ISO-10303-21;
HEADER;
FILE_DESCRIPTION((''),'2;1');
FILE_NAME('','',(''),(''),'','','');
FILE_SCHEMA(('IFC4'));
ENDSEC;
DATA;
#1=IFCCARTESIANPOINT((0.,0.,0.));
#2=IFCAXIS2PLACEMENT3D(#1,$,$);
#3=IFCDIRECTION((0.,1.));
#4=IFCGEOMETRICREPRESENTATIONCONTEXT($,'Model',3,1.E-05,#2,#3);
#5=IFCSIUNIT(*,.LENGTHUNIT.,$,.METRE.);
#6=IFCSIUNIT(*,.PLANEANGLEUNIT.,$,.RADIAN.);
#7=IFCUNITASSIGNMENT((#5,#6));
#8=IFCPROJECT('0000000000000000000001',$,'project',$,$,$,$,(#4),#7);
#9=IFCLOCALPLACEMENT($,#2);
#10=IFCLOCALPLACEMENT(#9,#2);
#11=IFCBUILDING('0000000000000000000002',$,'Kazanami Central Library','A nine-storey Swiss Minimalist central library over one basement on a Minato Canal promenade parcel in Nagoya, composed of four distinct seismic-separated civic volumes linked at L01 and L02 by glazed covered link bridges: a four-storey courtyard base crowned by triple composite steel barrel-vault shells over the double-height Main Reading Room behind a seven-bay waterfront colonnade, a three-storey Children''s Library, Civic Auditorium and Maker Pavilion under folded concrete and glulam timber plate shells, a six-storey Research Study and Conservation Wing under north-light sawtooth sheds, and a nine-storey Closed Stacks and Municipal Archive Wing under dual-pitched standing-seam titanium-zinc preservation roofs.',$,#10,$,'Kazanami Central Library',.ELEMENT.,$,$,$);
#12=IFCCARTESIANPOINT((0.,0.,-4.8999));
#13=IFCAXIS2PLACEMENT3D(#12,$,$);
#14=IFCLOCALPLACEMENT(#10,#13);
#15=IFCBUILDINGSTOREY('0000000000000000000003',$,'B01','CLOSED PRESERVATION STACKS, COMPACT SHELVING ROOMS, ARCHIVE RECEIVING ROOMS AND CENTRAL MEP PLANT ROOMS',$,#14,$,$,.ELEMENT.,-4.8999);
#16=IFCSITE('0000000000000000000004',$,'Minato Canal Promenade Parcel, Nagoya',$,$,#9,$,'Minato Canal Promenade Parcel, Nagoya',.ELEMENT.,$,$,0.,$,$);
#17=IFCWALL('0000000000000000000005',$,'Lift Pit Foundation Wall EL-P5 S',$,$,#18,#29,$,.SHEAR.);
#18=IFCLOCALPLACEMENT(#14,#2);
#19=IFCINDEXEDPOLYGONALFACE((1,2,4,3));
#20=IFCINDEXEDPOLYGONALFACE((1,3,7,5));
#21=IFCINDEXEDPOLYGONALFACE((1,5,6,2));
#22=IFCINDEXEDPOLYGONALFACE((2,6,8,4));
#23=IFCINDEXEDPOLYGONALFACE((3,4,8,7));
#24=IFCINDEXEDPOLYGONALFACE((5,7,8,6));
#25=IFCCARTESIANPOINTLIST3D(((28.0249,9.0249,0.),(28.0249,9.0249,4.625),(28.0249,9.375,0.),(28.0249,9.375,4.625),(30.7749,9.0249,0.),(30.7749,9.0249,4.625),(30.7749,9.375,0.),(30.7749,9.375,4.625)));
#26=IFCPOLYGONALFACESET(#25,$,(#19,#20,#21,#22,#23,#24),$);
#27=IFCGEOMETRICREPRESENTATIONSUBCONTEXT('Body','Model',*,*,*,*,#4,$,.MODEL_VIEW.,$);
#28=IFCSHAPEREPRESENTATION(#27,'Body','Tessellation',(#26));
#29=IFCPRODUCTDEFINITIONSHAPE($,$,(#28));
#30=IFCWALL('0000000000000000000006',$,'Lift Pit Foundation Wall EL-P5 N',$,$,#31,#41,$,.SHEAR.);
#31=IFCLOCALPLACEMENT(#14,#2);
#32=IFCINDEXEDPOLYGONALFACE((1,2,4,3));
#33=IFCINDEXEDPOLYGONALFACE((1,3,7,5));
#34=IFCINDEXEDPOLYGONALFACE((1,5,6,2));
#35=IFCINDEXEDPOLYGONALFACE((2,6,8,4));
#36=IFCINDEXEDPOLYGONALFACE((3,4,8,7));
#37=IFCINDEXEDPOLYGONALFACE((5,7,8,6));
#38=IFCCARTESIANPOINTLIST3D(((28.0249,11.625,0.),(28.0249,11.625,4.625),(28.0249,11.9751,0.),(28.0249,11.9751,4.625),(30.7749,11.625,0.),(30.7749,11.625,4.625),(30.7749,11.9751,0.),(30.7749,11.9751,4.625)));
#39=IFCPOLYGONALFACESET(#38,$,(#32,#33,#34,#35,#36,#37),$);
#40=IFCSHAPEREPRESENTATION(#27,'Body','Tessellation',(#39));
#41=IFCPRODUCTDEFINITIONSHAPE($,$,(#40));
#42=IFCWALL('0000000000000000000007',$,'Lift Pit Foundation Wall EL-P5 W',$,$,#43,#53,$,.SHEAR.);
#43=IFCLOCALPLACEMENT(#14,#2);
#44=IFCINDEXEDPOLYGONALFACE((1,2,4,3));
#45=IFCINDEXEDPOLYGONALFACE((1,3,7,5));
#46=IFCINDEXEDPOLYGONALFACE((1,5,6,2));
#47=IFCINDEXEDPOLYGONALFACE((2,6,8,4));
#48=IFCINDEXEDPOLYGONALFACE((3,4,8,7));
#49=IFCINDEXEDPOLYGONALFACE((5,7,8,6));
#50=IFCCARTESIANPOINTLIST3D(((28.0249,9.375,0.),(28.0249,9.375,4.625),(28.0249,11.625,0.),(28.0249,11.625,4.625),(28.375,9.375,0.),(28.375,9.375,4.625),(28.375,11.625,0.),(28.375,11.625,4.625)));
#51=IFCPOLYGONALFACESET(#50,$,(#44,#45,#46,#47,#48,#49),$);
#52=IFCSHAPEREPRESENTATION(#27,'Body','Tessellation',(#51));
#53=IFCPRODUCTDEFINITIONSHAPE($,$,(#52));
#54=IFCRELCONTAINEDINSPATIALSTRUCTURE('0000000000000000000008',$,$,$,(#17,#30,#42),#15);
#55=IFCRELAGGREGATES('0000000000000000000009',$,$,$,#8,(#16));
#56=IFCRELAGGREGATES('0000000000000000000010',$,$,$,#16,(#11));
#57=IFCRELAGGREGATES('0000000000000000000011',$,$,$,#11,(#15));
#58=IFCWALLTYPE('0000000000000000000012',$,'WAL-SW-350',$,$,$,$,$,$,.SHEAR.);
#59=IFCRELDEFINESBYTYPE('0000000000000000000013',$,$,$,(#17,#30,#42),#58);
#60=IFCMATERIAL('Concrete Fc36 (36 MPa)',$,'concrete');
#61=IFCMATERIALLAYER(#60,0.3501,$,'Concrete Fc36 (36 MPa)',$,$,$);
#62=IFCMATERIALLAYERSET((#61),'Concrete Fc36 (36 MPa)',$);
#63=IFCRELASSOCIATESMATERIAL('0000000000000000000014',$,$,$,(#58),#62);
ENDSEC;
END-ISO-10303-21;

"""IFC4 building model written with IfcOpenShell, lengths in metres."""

from ifc_helpers import new_model, si_unit, direction, frame, frame_2d, origin, place, context, subcontext, project, spatial, rectangle, extrude, material, layer, layer_set, type_object, element, save


model = new_model("IFC4")

# Units and contexts
model_context = context("Model", 3, precision=1e-05, world=origin(), true_north=direction((0.0, 1.0)))
body_context = subcontext(model_context, "Body", "Model", "MODEL_VIEW")
ifc_project = project(units=[si_unit("LENGTHUNIT", "METRE"), si_unit("PLANEANGLEUNIT", "RADIAN")], contexts=[model_context])

# Site, building, storey
site_placement = place(None, origin())
site = spatial("IfcSite", under=ifc_project, at=site_placement, Name="Minato Canal Promenade Parcel, Nagoya", LongName="Minato Canal Promenade Parcel, Nagoya", CompositionType="ELEMENT", RefElevation=0.0)
building_placement = place(site_placement, origin())
building = spatial("IfcBuilding", under=site, at=building_placement, Name="Kazanami Central Library", Description="A nine-storey Swiss Minimalist central library over one basement on a Minato Canal promenade parcel in Nagoya, composed of four distinct seismic-separated civic volumes linked at L01 and L02 by glazed covered link bridges: a four-storey courtyard base crowned by triple composite steel barrel-vault shells over the double-height Main Reading Room behind a seven-bay waterfront colonnade, a three-storey Children's Library, Civic Auditorium and Maker Pavilion under folded concrete and glulam timber plate shells, a six-storey Research Study and Conservation Wing under north-light sawtooth sheds, and a nine-storey Closed Stacks and Municipal Archive Wing under dual-pitched standing-seam titanium-zinc preservation roofs.", LongName="Kazanami Central Library", CompositionType="ELEMENT")
storey_placement = place(building_placement, frame((0.0, 0.0, -4.8999)))
storey = spatial("IfcBuildingStorey", under=building, at=storey_placement, Name="B01", Description="CLOSED PRESERVATION STACKS, COMPACT SHELVING ROOMS, ARCHIVE RECEIVING ROOMS AND CENTRAL MEP PLANT ROOMS", CompositionType="ELEMENT", Elevation=-4.8999)

# Shared definitions
ifc_material_1 = material(Name="Concrete Fc36 (36 MPa)", Category="concrete")

# Walls
ifc_layer = layer(ifc_material_1, 0.3501, Name="Concrete Fc36 (36 MPa)")
ifc_layer_set = layer_set([ifc_layer], Name="Concrete Fc36 (36 MPa)")
wall_type = type_object("IfcWallType", Name="WAL-SW-350", PredefinedType="SHEAR", material=ifc_layer_set)
for number, where, z_axis, x_axis, name in (
    (1, (28.0249, 9.2, 0.0), (0.0, 0.0, 1.0), (1.0, 0.0, 0.0), "Lift Pit Foundation Wall EL-P5 S"),
    (2, (28.0249, 11.8, 0.0), (0.0, 0.0, 1.0), (1.0, 0.0, 0.0), "Lift Pit Foundation Wall EL-P5 N"),
):
    element("IfcWall", number, at=place(storey_placement, frame(where, z_axis=z_axis, x_axis=x_axis)), inside=storey, type_object=wall_type, Name=name, PredefinedType="SHEAR", context=body_context, shape_type="SweptSolid", body=[
        extrude(rectangle(XDim=2.75, YDim=0.3501, at=frame_2d((1.375, 0.0))), origin(), (0.0, 0.0, 1.0), 4.625),
    ])
wall_placement = place(storey_placement, frame((28.2, 9.375, 0.0), z_axis=(0.0, 0.0, 1.0), x_axis=(0.0, 1.0, 0.0)))
element("IfcWall", 3, at=wall_placement, inside=storey, type_object=wall_type, Name="Lift Pit Foundation Wall EL-P5 W", PredefinedType="SHEAR", context=body_context, shape_type="SweptSolid", body=[
    extrude(rectangle(XDim=2.25, YDim=0.3501, at=frame_2d((1.125, 0.0))), origin(), (0.0, 0.0, 1.0), 4.625),
])

save(model, "model.ifc")
